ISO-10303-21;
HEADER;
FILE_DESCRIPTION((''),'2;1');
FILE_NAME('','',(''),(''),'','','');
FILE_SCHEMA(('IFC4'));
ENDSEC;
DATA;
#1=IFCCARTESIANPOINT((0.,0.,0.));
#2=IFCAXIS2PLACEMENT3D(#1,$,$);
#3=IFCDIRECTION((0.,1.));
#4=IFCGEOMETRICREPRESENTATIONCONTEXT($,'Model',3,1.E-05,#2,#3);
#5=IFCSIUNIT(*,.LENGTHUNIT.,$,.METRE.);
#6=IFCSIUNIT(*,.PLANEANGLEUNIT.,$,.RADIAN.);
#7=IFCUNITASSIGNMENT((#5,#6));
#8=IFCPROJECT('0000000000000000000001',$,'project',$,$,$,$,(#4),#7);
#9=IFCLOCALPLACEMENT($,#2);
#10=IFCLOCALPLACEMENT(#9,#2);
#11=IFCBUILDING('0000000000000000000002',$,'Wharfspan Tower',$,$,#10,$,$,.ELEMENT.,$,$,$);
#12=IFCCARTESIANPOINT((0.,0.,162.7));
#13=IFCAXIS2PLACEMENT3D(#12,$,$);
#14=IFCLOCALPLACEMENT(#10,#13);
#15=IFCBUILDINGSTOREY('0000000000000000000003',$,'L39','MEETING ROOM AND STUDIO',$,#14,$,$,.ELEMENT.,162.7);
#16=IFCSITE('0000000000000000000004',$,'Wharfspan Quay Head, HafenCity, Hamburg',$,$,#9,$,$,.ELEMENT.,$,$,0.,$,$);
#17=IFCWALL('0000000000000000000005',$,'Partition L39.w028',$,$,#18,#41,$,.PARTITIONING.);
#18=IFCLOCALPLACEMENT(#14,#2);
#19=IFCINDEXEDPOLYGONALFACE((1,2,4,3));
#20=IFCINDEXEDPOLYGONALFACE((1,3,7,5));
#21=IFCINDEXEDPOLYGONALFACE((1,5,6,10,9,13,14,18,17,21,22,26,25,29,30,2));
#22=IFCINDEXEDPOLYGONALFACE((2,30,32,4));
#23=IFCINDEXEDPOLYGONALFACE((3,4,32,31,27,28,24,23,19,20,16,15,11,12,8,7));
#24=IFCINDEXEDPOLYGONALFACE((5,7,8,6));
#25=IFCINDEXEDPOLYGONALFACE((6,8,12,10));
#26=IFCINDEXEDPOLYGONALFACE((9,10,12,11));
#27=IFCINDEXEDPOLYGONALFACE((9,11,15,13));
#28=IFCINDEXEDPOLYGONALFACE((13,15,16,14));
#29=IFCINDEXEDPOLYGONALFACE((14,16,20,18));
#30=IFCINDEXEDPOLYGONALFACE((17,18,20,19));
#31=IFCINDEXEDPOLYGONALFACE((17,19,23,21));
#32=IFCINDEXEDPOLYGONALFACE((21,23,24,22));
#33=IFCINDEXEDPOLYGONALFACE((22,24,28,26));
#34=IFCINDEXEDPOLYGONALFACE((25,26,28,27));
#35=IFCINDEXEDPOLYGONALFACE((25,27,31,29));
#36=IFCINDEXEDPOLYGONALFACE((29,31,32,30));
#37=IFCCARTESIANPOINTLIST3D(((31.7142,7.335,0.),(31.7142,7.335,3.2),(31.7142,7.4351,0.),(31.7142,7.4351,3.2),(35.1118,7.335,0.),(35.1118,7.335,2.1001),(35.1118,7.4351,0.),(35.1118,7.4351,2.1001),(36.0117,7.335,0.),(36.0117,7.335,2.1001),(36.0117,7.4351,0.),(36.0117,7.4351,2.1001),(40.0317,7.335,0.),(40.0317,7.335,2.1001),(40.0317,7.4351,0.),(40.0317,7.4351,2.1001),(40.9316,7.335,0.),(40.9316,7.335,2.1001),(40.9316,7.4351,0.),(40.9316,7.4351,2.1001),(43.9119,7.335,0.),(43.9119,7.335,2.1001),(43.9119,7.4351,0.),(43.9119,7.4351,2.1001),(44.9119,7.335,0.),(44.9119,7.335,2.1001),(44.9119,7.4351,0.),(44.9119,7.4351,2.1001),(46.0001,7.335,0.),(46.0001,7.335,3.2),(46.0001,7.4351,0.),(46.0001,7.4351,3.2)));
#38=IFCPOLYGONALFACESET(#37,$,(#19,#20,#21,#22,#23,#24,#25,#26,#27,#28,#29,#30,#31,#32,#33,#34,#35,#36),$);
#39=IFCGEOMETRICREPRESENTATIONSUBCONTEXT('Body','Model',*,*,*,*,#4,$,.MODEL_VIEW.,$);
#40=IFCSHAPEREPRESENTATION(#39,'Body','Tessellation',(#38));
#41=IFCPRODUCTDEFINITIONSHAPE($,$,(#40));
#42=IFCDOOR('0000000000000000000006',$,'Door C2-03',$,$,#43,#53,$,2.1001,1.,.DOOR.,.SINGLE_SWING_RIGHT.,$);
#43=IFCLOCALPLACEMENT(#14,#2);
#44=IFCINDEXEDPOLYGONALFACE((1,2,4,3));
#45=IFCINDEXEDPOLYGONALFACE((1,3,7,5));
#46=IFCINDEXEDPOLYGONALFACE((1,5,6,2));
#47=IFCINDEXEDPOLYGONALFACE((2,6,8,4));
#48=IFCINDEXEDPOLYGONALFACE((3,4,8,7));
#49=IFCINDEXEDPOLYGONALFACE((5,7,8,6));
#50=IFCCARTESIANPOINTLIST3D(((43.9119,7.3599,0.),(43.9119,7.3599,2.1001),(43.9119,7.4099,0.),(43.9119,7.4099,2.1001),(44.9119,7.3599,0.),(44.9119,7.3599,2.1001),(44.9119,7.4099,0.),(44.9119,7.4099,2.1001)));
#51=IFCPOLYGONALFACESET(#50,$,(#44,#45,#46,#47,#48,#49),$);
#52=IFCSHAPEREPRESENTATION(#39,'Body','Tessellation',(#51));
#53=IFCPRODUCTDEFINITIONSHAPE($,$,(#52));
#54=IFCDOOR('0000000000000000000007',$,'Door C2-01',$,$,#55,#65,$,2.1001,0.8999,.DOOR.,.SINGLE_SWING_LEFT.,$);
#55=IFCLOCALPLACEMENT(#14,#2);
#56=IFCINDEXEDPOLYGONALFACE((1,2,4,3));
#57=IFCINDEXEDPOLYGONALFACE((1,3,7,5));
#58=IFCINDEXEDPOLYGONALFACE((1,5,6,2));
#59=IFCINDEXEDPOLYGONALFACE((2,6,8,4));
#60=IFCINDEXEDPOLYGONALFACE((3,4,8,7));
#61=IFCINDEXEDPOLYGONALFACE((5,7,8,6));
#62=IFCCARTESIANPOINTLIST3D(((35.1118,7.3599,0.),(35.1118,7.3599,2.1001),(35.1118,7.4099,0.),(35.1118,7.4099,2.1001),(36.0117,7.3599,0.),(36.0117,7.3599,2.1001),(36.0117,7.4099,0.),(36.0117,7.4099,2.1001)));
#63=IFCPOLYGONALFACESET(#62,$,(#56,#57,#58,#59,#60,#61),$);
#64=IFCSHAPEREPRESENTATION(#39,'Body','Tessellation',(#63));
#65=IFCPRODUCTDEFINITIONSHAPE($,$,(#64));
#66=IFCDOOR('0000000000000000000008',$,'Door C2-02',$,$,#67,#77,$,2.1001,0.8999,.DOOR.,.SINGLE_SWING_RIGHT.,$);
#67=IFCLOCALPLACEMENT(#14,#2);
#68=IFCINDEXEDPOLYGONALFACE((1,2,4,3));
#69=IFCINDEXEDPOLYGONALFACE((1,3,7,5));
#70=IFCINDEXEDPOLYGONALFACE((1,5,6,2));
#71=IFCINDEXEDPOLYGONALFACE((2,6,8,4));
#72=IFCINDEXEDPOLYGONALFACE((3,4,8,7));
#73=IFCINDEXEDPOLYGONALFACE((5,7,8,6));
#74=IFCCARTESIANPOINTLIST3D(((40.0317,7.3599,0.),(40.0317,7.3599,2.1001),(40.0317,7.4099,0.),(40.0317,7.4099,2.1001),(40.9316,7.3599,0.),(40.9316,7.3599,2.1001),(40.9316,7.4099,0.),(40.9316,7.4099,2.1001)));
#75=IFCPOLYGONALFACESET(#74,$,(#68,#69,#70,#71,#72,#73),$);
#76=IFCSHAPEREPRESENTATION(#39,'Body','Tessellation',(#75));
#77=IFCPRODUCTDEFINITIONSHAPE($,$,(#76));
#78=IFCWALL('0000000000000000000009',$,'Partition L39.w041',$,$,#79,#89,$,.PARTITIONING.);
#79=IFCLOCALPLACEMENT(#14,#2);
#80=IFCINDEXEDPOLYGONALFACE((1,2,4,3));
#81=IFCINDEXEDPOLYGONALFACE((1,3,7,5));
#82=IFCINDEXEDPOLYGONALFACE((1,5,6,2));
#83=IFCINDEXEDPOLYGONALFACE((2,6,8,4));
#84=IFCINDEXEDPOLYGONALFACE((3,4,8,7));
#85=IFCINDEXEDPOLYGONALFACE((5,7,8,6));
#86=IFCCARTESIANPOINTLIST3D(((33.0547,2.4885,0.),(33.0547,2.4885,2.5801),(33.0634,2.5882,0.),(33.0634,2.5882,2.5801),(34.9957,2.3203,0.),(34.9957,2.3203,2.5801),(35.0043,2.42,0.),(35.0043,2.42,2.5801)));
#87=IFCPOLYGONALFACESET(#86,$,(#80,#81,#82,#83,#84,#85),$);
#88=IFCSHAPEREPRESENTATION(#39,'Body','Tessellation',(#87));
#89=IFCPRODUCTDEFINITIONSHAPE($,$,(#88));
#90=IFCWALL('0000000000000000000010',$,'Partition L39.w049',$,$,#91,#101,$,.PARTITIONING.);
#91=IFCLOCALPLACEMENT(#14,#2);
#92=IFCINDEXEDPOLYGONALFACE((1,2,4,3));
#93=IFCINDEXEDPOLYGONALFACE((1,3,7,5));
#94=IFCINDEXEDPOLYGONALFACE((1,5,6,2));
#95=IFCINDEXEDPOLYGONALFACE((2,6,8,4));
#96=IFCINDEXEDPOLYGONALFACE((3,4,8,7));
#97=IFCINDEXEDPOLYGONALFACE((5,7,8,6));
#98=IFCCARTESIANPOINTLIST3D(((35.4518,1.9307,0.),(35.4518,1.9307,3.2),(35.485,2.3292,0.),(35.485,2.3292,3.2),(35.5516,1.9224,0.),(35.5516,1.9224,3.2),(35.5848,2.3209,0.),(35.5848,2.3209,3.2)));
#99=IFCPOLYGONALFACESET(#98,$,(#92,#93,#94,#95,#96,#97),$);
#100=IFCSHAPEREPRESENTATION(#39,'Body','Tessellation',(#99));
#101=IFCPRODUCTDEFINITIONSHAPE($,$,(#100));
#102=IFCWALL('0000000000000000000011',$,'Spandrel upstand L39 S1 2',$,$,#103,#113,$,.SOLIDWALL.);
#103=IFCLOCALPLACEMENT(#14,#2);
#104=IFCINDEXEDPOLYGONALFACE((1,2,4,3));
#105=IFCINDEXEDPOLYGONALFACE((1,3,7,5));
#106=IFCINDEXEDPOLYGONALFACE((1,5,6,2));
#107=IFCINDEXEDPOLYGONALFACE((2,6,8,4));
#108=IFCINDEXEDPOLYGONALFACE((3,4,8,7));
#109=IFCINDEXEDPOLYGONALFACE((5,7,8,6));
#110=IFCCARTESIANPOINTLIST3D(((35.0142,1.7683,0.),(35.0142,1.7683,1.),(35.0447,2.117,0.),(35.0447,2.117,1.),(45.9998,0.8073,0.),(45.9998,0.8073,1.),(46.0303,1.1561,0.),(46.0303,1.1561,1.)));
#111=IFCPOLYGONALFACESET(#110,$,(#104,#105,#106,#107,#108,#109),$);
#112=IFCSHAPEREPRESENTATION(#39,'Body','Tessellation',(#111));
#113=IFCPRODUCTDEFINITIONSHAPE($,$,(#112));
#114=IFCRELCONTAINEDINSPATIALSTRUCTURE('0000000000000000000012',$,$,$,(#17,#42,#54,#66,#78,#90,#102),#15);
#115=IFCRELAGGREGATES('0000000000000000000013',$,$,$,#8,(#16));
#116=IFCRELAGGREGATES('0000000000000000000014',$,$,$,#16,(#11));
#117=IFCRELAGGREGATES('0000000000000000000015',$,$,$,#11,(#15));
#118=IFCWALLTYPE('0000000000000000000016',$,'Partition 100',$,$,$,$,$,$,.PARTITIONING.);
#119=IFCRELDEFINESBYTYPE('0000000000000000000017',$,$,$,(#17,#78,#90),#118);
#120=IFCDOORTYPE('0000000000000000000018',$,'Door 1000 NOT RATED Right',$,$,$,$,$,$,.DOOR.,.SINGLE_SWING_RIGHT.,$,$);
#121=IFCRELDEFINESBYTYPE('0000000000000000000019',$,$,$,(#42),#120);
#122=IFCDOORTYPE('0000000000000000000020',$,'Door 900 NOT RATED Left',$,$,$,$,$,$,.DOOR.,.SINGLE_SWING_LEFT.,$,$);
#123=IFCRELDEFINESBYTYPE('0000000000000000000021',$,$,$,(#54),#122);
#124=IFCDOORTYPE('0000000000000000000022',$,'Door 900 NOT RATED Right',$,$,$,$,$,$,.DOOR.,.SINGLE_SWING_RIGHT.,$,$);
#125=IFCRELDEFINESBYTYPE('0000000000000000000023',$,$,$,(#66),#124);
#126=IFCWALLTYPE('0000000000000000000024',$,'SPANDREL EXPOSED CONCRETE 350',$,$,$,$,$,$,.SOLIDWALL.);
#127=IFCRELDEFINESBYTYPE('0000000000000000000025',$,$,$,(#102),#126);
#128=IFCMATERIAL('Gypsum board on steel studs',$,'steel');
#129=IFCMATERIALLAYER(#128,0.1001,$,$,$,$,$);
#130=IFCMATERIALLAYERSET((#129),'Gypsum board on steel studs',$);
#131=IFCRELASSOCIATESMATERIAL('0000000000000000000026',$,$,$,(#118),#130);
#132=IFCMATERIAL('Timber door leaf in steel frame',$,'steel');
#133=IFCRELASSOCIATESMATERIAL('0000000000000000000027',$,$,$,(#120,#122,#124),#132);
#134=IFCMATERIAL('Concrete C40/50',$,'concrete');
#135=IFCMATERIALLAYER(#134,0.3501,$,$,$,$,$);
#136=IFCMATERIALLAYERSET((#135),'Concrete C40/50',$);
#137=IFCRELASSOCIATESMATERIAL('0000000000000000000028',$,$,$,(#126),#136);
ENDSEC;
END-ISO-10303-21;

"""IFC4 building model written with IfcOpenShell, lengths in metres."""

from ifc_helpers import new_model, si_unit, direction, frame, frame_2d, origin, place, context, subcontext, project, spatial, rectangle, extrude, material, layer, layer_set, type_object, element, fill, save


model = new_model("IFC4")

# Units and contexts
model_context = context("Model", 3, precision=1e-05, world=origin(), true_north=direction((0.0, 1.0)))
body_context = subcontext(model_context, "Body", "Model", "MODEL_VIEW")
ifc_project = project(units=[si_unit("LENGTHUNIT", "METRE"), si_unit("PLANEANGLEUNIT", "RADIAN")], contexts=[model_context])

# Site, building, storey
site_placement = place(None, origin())
site = spatial("IfcSite", under=ifc_project, at=site_placement, Name="Wharfspan Quay Head, HafenCity, Hamburg", CompositionType="ELEMENT", RefElevation=0.0)
building_placement = place(site_placement, origin())
building = spatial("IfcBuilding", under=site, at=building_placement, Name="Wharfspan Tower", CompositionType="ELEMENT")
storey_placement = place(building_placement, frame((0.0, 0.0, 162.7)))
storey = spatial("IfcBuildingStorey", under=building, at=storey_placement, Name="L39", Description="MEETING ROOM AND STUDIO", CompositionType="ELEMENT", Elevation=162.7)

# Shared definitions
ifc_material_1 = material(Name="Gypsum board on steel studs", Category="steel")

# Wall, openings, doors
ifc_layer_1 = layer(ifc_material_1, 0.1001)
ifc_layer_set_1 = layer_set([ifc_layer_1], Name="Gypsum board on steel studs")
wall_type_1 = type_object("IfcWallType", Name="Partition 100", PredefinedType="PARTITIONING", material=ifc_layer_set_1)
wall_1_placement = place(storey_placement, frame((31.7141, 7.385, 0.0), z_axis=(0.0, 0.0, 1.0), x_axis=(1.0, 0.0, 0.0)))
wall_1 = element("IfcWall", 1, at=wall_1_placement, inside=storey, type_object=wall_type_1, Name="Partition L39.w028", PredefinedType="PARTITIONING", context=body_context, shape_type="SweptSolid", body=[
    extrude(rectangle(XDim=14.2859, YDim=0.1001, at=frame_2d((7.1431, 0.0))), origin(), (0.0, 0.0, 1.0), 3.2),
])
opening_1_placement = place(wall_1_placement, frame((3.3977, 0.0, 0.0)))
opening_1 = element("IfcOpeningElement", 2, at=opening_1_placement, cuts=wall_1, PredefinedType="OPENING", context=body_context, shape_type="SweptSolid", body=[
    extrude(rectangle(XDim=0.8999, YDim=2.1001, at=frame_2d((0.45, 1.05))), frame((0.0, 0.0601, 0.0), z_axis=(0.0, -1.0, 0.0), x_axis=(1.0, 0.0, 0.0)), (0.0, 0.0, 1.0), 0.1201),
])
opening_2_placement = place(wall_1_placement, frame((8.3176, 0.0, 0.0)))
opening_2 = element("IfcOpeningElement", 3, at=opening_2_placement, cuts=wall_1, PredefinedType="OPENING", context=body_context, shape_type="SweptSolid", body=[
    extrude(rectangle(XDim=0.8999, YDim=2.1001, at=frame_2d((0.45, 1.05))), frame((0.0, 0.0601, 0.0), z_axis=(0.0, -1.0, 0.0), x_axis=(1.0, 0.0, 0.0)), (0.0, 0.0, 1.0), 0.1201),
])
opening_3_placement = place(wall_1_placement, frame((12.1978, 0.0, 0.0)))
opening_3 = element("IfcOpeningElement", 4, at=opening_3_placement, cuts=wall_1, PredefinedType="OPENING", context=body_context, shape_type="SweptSolid", body=[
    extrude(rectangle(XDim=1.0, YDim=2.1001, at=frame_2d((0.5, 1.05))), frame((0.0, 0.0601, 0.0), z_axis=(0.0, -1.0, 0.0), x_axis=(1.0, 0.0, 0.0)), (0.0, 0.0, 1.0), 0.1201),
])
ifc_material_2 = material(Name="Timber door leaf in steel frame", Category="steel")
door_type_1 = type_object("IfcDoorType", Name="Door 1000 NOT RATED Right", OperationType="SINGLE_SWING_RIGHT", PredefinedType="DOOR", material=ifc_material_2)
door_1_placement = place(opening_3_placement, origin())
door_1 = element("IfcDoor", 5, at=door_1_placement, inside=storey, type_object=door_type_1, Name="Door C2-03", OperationType="SINGLE_SWING_RIGHT", OverallHeight=2.1001, OverallWidth=1.0, PredefinedType="DOOR", context=body_context, shape_type="SweptSolid", body=[
    extrude(rectangle(XDim=1.0, YDim=2.1001, at=frame_2d((0.5, 1.05))), frame((0.0, 0.0249, 0.0), z_axis=(0.0, -1.0, 0.0), x_axis=(1.0, 0.0, 0.0)), (0.0, 0.0, 1.0), 0.05),
])
fill(opening_3, door_1)
door_type_2 = type_object("IfcDoorType", Name="Door 900 NOT RATED Left", OperationType="SINGLE_SWING_LEFT", PredefinedType="DOOR", material=ifc_material_2)
door_2_placement = place(opening_1_placement, origin())
door_2 = element("IfcDoor", 6, at=door_2_placement, inside=storey, type_object=door_type_2, Name="Door C2-01", OperationType="SINGLE_SWING_LEFT", OverallHeight=2.1001, OverallWidth=0.8999, PredefinedType="DOOR", context=body_context, shape_type="SweptSolid", body=[
    extrude(rectangle(XDim=0.8999, YDim=2.1001, at=frame_2d((0.45, 1.05))), frame((0.0, 0.0249, 0.0), z_axis=(0.0, -1.0, 0.0), x_axis=(1.0, 0.0, 0.0)), (0.0, 0.0, 1.0), 0.05),
])
fill(opening_1, door_2)
door_type_3 = type_object("IfcDoorType", Name="Door 900 NOT RATED Right", OperationType="SINGLE_SWING_RIGHT", PredefinedType="DOOR", material=ifc_material_2)
door_3_placement = place(opening_2_placement, origin())
door_3 = element("IfcDoor", 7, at=door_3_placement, inside=storey, type_object=door_type_3, Name="Door C2-02", OperationType="SINGLE_SWING_RIGHT", OverallHeight=2.1001, OverallWidth=0.8999, PredefinedType="DOOR", context=body_context, shape_type="SweptSolid", body=[
    extrude(rectangle(XDim=0.8999, YDim=2.1001, at=frame_2d((0.45, 1.05))), frame((0.0, 0.0249, 0.0), z_axis=(0.0, -1.0, 0.0), x_axis=(1.0, 0.0, 0.0)), (0.0, 0.0, 1.0), 0.05),
])
fill(opening_2, door_3)

# Walls
wall_2_placement = place(storey_placement, frame((35.0, 2.3701, 0.0), z_axis=(0.0, 0.0, 1.0), x_axis=(-0.996265, 0.086343, 0.0)))
element("IfcWall", 8, at=wall_2_placement, inside=storey, type_object=wall_type_1, Name="Partition L39.w041", PredefinedType="PARTITIONING", context=body_context, shape_type="SweptSolid", body=[
    extrude(rectangle(XDim=1.9482, YDim=0.1001, at=frame_2d((0.9741, 0.0))), origin(), (0.0, 0.0, 1.0), 2.5801),
])
wall_3_placement = place(storey_placement, frame((35.5017, 1.9265, 0.0), z_axis=(0.0, 0.0, 1.0), x_axis=(0.083045, 0.996542, 0.0)))
element("IfcWall", 9, at=wall_3_placement, inside=storey, type_object=wall_type_1, Name="Partition L39.w049", PredefinedType="PARTITIONING", context=body_context, shape_type="SweptSolid", body=[
    extrude(rectangle(XDim=0.3999, YDim=0.1001, at=frame_2d((0.2, 0.0))), origin(), (0.0, 0.0, 1.0), 3.2),
])
ifc_material_3 = material(Name="Concrete C40/50", Category="concrete")
ifc_layer_2 = layer(ifc_material_3, 0.3501)
ifc_layer_set_2 = layer_set([ifc_layer_2], Name="Concrete C40/50")
wall_type_2 = type_object("IfcWallType", Name="SPANDREL EXPOSED CONCRETE 350", PredefinedType="SOLIDWALL", material=ifc_layer_set_2)
wall_4_placement = place(storey_placement, frame((35.0295, 1.9426, 0.0), z_axis=(0.0, 0.0, 1.0), x_axis=(0.996199, -0.08714, 0.0)))
element("IfcWall", 10, at=wall_4_placement, inside=storey, type_object=wall_type_2, Name="Spandrel upstand L39 S1 2", PredefinedType="SOLIDWALL", context=body_context, shape_type="SweptSolid", body=[
    extrude(rectangle(XDim=11.0276, YDim=0.3501, at=frame_2d((5.5137, 0.0))), origin(), (0.0, 0.0, 1.0), 1.0),
])

save(model, "model.ifc")
